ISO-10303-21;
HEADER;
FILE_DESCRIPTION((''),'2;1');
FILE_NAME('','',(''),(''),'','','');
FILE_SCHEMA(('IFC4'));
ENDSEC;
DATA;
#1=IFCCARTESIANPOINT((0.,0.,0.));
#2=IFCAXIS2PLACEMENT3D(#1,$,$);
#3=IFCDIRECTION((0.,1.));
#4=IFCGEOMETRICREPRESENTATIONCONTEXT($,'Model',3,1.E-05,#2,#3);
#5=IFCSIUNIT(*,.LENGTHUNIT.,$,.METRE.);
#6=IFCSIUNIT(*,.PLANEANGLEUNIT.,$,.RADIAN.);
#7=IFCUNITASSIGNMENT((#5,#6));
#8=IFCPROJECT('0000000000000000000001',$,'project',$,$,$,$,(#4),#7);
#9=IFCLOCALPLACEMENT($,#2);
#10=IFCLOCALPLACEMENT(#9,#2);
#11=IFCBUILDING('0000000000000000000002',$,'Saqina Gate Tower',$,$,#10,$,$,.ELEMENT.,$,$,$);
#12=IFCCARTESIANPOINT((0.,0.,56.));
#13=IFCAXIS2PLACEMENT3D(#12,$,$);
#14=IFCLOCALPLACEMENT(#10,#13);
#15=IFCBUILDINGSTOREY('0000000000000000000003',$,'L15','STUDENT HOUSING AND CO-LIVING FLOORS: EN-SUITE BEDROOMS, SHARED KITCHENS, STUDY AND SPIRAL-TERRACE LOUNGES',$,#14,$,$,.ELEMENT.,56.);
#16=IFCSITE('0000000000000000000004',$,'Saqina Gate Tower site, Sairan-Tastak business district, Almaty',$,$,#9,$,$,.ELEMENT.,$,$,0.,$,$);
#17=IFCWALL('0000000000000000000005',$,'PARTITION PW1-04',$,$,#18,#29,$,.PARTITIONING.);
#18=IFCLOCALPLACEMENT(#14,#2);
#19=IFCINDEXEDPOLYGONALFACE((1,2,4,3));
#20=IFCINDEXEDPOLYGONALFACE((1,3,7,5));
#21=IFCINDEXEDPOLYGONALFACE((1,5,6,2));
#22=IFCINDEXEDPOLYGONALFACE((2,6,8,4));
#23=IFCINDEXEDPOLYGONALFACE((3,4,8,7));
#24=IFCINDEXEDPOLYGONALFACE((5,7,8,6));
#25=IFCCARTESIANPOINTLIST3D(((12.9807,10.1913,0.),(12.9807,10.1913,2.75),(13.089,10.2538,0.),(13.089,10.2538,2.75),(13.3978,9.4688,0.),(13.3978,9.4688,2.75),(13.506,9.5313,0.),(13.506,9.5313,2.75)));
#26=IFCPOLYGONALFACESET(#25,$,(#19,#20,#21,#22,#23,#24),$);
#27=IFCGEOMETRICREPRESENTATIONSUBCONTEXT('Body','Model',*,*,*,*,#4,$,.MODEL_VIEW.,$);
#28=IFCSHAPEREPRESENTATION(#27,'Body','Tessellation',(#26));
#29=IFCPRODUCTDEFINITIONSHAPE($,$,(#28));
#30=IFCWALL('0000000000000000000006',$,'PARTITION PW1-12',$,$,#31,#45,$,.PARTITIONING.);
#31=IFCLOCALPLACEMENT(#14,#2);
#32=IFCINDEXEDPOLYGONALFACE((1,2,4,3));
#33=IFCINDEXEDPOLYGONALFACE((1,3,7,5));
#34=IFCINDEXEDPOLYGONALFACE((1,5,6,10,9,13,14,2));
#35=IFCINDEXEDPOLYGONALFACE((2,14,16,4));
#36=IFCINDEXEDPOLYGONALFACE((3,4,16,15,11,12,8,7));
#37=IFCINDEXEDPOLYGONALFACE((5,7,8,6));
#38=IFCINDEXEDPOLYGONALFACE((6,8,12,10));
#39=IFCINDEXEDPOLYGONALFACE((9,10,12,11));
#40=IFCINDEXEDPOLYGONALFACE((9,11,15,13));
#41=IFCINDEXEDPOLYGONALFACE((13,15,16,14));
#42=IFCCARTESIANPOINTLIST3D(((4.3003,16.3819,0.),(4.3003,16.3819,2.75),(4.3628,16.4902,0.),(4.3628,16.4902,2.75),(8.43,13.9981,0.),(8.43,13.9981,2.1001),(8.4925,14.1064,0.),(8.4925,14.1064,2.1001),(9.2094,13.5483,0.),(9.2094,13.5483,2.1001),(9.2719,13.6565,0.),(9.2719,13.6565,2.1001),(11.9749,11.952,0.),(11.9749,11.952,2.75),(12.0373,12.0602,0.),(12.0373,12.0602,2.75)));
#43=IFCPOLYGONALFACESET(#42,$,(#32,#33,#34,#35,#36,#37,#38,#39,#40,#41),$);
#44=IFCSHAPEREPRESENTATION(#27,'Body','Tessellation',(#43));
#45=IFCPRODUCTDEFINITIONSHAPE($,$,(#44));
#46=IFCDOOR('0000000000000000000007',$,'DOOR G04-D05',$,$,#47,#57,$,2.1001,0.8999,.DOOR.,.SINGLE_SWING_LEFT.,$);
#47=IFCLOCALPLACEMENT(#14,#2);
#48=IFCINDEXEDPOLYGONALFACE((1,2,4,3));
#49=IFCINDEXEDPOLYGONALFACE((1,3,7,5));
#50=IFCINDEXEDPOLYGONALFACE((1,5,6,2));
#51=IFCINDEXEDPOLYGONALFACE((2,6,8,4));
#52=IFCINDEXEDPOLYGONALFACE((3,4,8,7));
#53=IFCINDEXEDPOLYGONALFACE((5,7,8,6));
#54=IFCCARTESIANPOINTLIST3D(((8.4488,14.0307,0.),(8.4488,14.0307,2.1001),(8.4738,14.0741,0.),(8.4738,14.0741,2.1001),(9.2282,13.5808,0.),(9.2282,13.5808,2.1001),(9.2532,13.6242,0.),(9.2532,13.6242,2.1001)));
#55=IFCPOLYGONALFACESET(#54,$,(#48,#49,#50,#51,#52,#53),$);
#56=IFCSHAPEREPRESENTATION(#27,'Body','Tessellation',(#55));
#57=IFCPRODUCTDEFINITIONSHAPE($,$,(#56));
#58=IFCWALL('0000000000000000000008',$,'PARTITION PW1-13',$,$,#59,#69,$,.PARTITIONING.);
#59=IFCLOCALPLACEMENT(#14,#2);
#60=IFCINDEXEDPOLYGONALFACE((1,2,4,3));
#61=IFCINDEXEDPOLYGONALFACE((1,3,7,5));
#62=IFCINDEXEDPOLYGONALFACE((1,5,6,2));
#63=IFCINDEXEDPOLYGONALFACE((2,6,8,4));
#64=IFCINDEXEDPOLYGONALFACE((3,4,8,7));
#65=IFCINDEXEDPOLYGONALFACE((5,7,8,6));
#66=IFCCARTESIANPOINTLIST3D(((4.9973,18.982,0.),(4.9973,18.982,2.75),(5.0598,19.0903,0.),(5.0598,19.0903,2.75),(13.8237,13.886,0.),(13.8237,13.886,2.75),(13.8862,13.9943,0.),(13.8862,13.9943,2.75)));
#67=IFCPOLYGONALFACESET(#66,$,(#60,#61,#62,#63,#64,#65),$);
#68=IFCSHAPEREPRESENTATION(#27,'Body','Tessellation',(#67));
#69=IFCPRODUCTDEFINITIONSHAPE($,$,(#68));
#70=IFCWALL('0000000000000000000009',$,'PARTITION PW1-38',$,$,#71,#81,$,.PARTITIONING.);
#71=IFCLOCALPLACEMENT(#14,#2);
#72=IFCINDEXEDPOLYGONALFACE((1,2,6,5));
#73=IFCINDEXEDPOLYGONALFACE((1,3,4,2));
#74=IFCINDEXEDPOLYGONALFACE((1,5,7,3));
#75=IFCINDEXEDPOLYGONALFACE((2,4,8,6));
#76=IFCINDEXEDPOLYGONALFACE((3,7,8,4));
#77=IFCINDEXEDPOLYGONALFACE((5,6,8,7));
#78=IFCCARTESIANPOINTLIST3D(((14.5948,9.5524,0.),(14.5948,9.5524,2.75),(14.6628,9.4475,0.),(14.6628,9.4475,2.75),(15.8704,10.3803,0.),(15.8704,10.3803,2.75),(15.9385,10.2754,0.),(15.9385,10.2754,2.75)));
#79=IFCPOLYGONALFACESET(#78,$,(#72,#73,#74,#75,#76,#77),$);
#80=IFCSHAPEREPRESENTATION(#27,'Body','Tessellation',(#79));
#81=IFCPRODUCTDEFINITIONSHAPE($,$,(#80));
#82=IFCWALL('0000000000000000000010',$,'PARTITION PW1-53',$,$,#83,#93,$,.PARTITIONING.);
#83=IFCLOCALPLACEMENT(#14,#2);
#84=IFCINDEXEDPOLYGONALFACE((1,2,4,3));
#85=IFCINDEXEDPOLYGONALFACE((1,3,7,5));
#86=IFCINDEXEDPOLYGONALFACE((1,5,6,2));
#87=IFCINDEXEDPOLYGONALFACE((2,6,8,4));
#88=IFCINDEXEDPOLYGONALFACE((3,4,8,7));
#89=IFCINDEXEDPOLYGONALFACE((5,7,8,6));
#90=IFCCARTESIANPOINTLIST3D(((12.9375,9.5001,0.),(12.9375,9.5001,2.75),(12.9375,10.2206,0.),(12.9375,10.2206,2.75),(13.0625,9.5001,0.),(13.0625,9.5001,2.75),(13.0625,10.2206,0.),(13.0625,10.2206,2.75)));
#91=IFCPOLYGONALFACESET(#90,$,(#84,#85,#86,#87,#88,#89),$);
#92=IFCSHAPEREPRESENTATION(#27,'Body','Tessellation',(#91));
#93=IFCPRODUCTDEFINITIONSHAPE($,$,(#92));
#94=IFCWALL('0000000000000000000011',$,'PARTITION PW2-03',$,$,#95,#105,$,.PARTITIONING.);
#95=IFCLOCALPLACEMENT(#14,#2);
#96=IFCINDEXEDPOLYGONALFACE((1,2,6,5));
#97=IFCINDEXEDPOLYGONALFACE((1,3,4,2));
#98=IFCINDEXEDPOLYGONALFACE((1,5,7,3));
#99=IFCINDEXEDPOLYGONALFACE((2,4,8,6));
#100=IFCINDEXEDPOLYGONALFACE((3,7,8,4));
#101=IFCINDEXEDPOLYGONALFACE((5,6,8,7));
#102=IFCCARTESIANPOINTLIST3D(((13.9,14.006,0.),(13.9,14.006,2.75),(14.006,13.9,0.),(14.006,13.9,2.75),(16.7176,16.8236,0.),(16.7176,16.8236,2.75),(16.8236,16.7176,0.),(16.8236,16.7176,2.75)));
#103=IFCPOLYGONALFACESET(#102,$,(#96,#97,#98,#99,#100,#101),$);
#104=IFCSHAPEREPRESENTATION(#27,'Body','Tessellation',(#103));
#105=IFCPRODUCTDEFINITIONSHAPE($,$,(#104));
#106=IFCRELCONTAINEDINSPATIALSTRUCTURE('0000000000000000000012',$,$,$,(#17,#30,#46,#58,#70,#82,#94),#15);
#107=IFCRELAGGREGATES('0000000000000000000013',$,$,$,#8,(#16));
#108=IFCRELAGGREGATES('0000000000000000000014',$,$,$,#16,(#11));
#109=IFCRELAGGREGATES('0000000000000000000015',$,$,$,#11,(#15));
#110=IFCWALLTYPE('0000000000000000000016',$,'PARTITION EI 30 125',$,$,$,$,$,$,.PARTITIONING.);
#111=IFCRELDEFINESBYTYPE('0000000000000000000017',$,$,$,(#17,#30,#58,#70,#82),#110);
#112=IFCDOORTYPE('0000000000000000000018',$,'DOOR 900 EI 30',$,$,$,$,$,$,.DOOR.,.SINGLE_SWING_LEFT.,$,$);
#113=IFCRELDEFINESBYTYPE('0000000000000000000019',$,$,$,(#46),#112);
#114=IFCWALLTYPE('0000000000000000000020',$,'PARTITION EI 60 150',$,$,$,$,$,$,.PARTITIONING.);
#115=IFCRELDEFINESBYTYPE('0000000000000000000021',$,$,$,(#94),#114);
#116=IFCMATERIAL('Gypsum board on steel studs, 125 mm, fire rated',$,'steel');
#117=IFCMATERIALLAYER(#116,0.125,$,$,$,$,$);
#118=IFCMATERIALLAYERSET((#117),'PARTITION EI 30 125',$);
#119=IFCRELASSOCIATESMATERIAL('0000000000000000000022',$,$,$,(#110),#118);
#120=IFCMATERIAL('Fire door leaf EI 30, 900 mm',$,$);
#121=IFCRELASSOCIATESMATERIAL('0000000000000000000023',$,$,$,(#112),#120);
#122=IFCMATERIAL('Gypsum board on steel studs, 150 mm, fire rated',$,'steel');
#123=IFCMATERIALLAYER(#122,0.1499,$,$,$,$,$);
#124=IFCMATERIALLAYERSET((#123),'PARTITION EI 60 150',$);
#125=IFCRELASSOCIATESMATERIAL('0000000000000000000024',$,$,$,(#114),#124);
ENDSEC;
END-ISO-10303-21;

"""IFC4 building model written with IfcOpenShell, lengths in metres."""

from ifc_helpers import new_model, si_unit, direction, frame, frame_2d, origin, place, context, subcontext, project, spatial, rectangle, extrude, material, layer, layer_set, type_object, element, fill, save


model = new_model("IFC4")

# Units and contexts
model_context = context("Model", 3, precision=1e-05, world=origin(), true_north=direction((0.0, 1.0)))
body_context = subcontext(model_context, "Body", "Model", "MODEL_VIEW")
ifc_project = project(units=[si_unit("LENGTHUNIT", "METRE"), si_unit("PLANEANGLEUNIT", "RADIAN")], contexts=[model_context])

# Site, building, storey
site_placement = place(None, origin())
site = spatial("IfcSite", under=ifc_project, at=site_placement, Name="Saqina Gate Tower site, Sairan-Tastak business district, Almaty", CompositionType="ELEMENT", RefElevation=0.0)
building_placement = place(site_placement, origin())
building = spatial("IfcBuilding", under=site, at=building_placement, Name="Saqina Gate Tower", CompositionType="ELEMENT")
storey_placement = place(building_placement, frame((0.0, 0.0, 56.0)))
storey = spatial("IfcBuildingStorey", under=building, at=storey_placement, Name="L15", Description="STUDENT HOUSING AND CO-LIVING FLOORS: EN-SUITE BEDROOMS, SHARED KITCHENS, STUDY AND SPIRAL-TERRACE LOUNGES", CompositionType="ELEMENT", Elevation=56.0)

# Shared definitions
ifc_material_1 = material(Name="Gypsum board on steel studs, 125 mm, fire rated", Category="steel")
ifc_layer_1 = layer(ifc_material_1, 0.125)
ifc_layer_set_1 = layer_set([ifc_layer_1], Name="PARTITION EI 30 125")
wall_type_1 = type_object("IfcWallType", Name="PARTITION EI 30 125", PredefinedType="PARTITIONING", material=ifc_layer_set_1)

# Wall
wall_1_placement = place(storey_placement, frame((13.0349, 10.2224, 0.0), z_axis=(0.0, 0.0, 1.0), x_axis=(0.499917, -0.866073, 0.0)))
element("IfcWall", 1, at=wall_1_placement, inside=storey, type_object=wall_type_1, Name="PARTITION PW1-04", PredefinedType="PARTITIONING", context=body_context, shape_type="SweptSolid", body=[
    extrude(rectangle(XDim=0.8342, YDim=0.125, at=frame_2d((0.417, 0.0))), origin(), (0.0, 0.0, 1.0), 2.75),
])

# Wall, opening, door
wall_2_placement = place(storey_placement, frame((4.3315, 16.436, 0.0), z_axis=(0.0, 0.0, 1.0), x_axis=(0.866073, -0.499917, 0.0)))
wall_2 = element("IfcWall", 2, at=wall_2_placement, inside=storey, type_object=wall_type_1, Name="PARTITION PW1-12", PredefinedType="PARTITIONING", context=body_context, shape_type="SweptSolid", body=[
    extrude(rectangle(XDim=8.8613, YDim=0.125, at=frame_2d((4.4307, 0.0))), origin(), (0.0, 0.0, 1.0), 2.75),
])
opening_1_placement = place(wall_2_placement, frame((4.7683, 0.0, 0.0)))
opening_1 = element("IfcOpeningElement", 3, at=opening_1_placement, cuts=wall_2, PredefinedType="OPENING", context=body_context, shape_type="SweptSolid", body=[
    extrude(rectangle(XDim=0.8999, YDim=2.1001, at=frame_2d((0.45, 1.05))), frame((0.0, 0.0745, 0.0), z_axis=(0.0, -1.0, 0.0), x_axis=(1.0, 0.0, 0.0)), (0.0, 0.0, 1.0), 0.1489),
])
ifc_material_2 = material(Name="Fire door leaf EI 30, 900 mm")
door_type_1 = type_object("IfcDoorType", Name="DOOR 900 EI 30", OperationType="SINGLE_SWING_LEFT", PredefinedType="DOOR", material=ifc_material_2)
door_1_placement = place(opening_1_placement, frame((0.8999, 0.0, 0.0), z_axis=(0.0, 0.0, 1.0), x_axis=(-1.0, 0.0, 0.0)))
door_1 = element("IfcDoor", 4, at=door_1_placement, inside=storey, type_object=door_type_1, Name="DOOR G04-D05", OperationType="SINGLE_SWING_LEFT", OverallHeight=2.1001, OverallWidth=0.8999, PredefinedType="DOOR", context=body_context, shape_type="SweptSolid", body=[
    extrude(rectangle(XDim=0.8999, YDim=2.1001, at=frame_2d((0.45, 1.05))), frame((0.0, 0.0249, 0.0), z_axis=(0.0, -1.0, 0.0), x_axis=(1.0, 0.0, 0.0)), (0.0, 0.0, 1.0), 0.05),
])
fill(opening_1, door_1)

# Walls
wall_3_placement = place(storey_placement, frame((5.0286, 19.0361, 0.0), z_axis=(0.0, 0.0, 1.0), x_axis=(0.866025, -0.500001, 0.0)))
element("IfcWall", 5, at=wall_3_placement, inside=storey, type_object=wall_type_1, Name="PARTITION PW1-13", PredefinedType="PARTITIONING", context=body_context, shape_type="SweptSolid", body=[
    extrude(rectangle(XDim=10.1919, YDim=0.125, at=frame_2d((5.0959, 0.0))), origin(), (0.0, 0.0, 1.0), 2.75),
])
wall_4_placement = place(storey_placement, frame((14.6289, 9.5, 0.0), z_axis=(0.0, 0.0, 1.0), x_axis=(0.838829, 0.544396, 0.0)))
element("IfcWall", 6, at=wall_4_placement, inside=storey, type_object=wall_type_1, Name="PARTITION PW1-38", PredefinedType="PARTITIONING", context=body_context, shape_type="SweptSolid", body=[
    extrude(rectangle(XDim=1.5208, YDim=0.125, at=frame_2d((0.7603, 0.0))), origin(), (0.0, 0.0, 1.0), 2.75),
])
wall_5_placement = place(storey_placement, frame((13.0, 9.5, 0.0), z_axis=(0.0, 0.0, 1.0), x_axis=(0.0, 1.0, 0.0)))
element("IfcWall", 7, at=wall_5_placement, inside=storey, type_object=wall_type_1, Name="PARTITION PW1-53", PredefinedType="PARTITIONING", context=body_context, shape_type="SweptSolid", body=[
    extrude(rectangle(XDim=0.7205, YDim=0.125, at=frame_2d((0.3604, 0.0))), origin(), (0.0, 0.0, 1.0), 2.75),
])
ifc_material_3 = material(Name="Gypsum board on steel studs, 150 mm, fire rated", Category="steel")
ifc_layer_2 = layer(ifc_material_3, 0.1499)
ifc_layer_set_2 = layer_set([ifc_layer_2], Name="PARTITION EI 60 150")
wall_type_2 = type_object("IfcWallType", Name="PARTITION EI 60 150", PredefinedType="PARTITIONING", material=ifc_layer_set_2)
wall_6_placement = place(storey_placement, frame((13.9531, 13.9531, 0.0), z_axis=(0.0, 0.0, 1.0), x_axis=(0.707107, 0.707107, 0.0)))
element("IfcWall", 8, at=wall_6_placement, inside=storey, type_object=wall_type_2, Name="PARTITION PW2-03", PredefinedType="PARTITIONING", context=body_context, shape_type="SweptSolid", body=[
    extrude(rectangle(XDim=3.9846, YDim=0.1499, at=frame_2d((1.9922, 0.0))), origin(), (0.0, 0.0, 1.0), 2.75),
])

save(model, "model.ifc")
